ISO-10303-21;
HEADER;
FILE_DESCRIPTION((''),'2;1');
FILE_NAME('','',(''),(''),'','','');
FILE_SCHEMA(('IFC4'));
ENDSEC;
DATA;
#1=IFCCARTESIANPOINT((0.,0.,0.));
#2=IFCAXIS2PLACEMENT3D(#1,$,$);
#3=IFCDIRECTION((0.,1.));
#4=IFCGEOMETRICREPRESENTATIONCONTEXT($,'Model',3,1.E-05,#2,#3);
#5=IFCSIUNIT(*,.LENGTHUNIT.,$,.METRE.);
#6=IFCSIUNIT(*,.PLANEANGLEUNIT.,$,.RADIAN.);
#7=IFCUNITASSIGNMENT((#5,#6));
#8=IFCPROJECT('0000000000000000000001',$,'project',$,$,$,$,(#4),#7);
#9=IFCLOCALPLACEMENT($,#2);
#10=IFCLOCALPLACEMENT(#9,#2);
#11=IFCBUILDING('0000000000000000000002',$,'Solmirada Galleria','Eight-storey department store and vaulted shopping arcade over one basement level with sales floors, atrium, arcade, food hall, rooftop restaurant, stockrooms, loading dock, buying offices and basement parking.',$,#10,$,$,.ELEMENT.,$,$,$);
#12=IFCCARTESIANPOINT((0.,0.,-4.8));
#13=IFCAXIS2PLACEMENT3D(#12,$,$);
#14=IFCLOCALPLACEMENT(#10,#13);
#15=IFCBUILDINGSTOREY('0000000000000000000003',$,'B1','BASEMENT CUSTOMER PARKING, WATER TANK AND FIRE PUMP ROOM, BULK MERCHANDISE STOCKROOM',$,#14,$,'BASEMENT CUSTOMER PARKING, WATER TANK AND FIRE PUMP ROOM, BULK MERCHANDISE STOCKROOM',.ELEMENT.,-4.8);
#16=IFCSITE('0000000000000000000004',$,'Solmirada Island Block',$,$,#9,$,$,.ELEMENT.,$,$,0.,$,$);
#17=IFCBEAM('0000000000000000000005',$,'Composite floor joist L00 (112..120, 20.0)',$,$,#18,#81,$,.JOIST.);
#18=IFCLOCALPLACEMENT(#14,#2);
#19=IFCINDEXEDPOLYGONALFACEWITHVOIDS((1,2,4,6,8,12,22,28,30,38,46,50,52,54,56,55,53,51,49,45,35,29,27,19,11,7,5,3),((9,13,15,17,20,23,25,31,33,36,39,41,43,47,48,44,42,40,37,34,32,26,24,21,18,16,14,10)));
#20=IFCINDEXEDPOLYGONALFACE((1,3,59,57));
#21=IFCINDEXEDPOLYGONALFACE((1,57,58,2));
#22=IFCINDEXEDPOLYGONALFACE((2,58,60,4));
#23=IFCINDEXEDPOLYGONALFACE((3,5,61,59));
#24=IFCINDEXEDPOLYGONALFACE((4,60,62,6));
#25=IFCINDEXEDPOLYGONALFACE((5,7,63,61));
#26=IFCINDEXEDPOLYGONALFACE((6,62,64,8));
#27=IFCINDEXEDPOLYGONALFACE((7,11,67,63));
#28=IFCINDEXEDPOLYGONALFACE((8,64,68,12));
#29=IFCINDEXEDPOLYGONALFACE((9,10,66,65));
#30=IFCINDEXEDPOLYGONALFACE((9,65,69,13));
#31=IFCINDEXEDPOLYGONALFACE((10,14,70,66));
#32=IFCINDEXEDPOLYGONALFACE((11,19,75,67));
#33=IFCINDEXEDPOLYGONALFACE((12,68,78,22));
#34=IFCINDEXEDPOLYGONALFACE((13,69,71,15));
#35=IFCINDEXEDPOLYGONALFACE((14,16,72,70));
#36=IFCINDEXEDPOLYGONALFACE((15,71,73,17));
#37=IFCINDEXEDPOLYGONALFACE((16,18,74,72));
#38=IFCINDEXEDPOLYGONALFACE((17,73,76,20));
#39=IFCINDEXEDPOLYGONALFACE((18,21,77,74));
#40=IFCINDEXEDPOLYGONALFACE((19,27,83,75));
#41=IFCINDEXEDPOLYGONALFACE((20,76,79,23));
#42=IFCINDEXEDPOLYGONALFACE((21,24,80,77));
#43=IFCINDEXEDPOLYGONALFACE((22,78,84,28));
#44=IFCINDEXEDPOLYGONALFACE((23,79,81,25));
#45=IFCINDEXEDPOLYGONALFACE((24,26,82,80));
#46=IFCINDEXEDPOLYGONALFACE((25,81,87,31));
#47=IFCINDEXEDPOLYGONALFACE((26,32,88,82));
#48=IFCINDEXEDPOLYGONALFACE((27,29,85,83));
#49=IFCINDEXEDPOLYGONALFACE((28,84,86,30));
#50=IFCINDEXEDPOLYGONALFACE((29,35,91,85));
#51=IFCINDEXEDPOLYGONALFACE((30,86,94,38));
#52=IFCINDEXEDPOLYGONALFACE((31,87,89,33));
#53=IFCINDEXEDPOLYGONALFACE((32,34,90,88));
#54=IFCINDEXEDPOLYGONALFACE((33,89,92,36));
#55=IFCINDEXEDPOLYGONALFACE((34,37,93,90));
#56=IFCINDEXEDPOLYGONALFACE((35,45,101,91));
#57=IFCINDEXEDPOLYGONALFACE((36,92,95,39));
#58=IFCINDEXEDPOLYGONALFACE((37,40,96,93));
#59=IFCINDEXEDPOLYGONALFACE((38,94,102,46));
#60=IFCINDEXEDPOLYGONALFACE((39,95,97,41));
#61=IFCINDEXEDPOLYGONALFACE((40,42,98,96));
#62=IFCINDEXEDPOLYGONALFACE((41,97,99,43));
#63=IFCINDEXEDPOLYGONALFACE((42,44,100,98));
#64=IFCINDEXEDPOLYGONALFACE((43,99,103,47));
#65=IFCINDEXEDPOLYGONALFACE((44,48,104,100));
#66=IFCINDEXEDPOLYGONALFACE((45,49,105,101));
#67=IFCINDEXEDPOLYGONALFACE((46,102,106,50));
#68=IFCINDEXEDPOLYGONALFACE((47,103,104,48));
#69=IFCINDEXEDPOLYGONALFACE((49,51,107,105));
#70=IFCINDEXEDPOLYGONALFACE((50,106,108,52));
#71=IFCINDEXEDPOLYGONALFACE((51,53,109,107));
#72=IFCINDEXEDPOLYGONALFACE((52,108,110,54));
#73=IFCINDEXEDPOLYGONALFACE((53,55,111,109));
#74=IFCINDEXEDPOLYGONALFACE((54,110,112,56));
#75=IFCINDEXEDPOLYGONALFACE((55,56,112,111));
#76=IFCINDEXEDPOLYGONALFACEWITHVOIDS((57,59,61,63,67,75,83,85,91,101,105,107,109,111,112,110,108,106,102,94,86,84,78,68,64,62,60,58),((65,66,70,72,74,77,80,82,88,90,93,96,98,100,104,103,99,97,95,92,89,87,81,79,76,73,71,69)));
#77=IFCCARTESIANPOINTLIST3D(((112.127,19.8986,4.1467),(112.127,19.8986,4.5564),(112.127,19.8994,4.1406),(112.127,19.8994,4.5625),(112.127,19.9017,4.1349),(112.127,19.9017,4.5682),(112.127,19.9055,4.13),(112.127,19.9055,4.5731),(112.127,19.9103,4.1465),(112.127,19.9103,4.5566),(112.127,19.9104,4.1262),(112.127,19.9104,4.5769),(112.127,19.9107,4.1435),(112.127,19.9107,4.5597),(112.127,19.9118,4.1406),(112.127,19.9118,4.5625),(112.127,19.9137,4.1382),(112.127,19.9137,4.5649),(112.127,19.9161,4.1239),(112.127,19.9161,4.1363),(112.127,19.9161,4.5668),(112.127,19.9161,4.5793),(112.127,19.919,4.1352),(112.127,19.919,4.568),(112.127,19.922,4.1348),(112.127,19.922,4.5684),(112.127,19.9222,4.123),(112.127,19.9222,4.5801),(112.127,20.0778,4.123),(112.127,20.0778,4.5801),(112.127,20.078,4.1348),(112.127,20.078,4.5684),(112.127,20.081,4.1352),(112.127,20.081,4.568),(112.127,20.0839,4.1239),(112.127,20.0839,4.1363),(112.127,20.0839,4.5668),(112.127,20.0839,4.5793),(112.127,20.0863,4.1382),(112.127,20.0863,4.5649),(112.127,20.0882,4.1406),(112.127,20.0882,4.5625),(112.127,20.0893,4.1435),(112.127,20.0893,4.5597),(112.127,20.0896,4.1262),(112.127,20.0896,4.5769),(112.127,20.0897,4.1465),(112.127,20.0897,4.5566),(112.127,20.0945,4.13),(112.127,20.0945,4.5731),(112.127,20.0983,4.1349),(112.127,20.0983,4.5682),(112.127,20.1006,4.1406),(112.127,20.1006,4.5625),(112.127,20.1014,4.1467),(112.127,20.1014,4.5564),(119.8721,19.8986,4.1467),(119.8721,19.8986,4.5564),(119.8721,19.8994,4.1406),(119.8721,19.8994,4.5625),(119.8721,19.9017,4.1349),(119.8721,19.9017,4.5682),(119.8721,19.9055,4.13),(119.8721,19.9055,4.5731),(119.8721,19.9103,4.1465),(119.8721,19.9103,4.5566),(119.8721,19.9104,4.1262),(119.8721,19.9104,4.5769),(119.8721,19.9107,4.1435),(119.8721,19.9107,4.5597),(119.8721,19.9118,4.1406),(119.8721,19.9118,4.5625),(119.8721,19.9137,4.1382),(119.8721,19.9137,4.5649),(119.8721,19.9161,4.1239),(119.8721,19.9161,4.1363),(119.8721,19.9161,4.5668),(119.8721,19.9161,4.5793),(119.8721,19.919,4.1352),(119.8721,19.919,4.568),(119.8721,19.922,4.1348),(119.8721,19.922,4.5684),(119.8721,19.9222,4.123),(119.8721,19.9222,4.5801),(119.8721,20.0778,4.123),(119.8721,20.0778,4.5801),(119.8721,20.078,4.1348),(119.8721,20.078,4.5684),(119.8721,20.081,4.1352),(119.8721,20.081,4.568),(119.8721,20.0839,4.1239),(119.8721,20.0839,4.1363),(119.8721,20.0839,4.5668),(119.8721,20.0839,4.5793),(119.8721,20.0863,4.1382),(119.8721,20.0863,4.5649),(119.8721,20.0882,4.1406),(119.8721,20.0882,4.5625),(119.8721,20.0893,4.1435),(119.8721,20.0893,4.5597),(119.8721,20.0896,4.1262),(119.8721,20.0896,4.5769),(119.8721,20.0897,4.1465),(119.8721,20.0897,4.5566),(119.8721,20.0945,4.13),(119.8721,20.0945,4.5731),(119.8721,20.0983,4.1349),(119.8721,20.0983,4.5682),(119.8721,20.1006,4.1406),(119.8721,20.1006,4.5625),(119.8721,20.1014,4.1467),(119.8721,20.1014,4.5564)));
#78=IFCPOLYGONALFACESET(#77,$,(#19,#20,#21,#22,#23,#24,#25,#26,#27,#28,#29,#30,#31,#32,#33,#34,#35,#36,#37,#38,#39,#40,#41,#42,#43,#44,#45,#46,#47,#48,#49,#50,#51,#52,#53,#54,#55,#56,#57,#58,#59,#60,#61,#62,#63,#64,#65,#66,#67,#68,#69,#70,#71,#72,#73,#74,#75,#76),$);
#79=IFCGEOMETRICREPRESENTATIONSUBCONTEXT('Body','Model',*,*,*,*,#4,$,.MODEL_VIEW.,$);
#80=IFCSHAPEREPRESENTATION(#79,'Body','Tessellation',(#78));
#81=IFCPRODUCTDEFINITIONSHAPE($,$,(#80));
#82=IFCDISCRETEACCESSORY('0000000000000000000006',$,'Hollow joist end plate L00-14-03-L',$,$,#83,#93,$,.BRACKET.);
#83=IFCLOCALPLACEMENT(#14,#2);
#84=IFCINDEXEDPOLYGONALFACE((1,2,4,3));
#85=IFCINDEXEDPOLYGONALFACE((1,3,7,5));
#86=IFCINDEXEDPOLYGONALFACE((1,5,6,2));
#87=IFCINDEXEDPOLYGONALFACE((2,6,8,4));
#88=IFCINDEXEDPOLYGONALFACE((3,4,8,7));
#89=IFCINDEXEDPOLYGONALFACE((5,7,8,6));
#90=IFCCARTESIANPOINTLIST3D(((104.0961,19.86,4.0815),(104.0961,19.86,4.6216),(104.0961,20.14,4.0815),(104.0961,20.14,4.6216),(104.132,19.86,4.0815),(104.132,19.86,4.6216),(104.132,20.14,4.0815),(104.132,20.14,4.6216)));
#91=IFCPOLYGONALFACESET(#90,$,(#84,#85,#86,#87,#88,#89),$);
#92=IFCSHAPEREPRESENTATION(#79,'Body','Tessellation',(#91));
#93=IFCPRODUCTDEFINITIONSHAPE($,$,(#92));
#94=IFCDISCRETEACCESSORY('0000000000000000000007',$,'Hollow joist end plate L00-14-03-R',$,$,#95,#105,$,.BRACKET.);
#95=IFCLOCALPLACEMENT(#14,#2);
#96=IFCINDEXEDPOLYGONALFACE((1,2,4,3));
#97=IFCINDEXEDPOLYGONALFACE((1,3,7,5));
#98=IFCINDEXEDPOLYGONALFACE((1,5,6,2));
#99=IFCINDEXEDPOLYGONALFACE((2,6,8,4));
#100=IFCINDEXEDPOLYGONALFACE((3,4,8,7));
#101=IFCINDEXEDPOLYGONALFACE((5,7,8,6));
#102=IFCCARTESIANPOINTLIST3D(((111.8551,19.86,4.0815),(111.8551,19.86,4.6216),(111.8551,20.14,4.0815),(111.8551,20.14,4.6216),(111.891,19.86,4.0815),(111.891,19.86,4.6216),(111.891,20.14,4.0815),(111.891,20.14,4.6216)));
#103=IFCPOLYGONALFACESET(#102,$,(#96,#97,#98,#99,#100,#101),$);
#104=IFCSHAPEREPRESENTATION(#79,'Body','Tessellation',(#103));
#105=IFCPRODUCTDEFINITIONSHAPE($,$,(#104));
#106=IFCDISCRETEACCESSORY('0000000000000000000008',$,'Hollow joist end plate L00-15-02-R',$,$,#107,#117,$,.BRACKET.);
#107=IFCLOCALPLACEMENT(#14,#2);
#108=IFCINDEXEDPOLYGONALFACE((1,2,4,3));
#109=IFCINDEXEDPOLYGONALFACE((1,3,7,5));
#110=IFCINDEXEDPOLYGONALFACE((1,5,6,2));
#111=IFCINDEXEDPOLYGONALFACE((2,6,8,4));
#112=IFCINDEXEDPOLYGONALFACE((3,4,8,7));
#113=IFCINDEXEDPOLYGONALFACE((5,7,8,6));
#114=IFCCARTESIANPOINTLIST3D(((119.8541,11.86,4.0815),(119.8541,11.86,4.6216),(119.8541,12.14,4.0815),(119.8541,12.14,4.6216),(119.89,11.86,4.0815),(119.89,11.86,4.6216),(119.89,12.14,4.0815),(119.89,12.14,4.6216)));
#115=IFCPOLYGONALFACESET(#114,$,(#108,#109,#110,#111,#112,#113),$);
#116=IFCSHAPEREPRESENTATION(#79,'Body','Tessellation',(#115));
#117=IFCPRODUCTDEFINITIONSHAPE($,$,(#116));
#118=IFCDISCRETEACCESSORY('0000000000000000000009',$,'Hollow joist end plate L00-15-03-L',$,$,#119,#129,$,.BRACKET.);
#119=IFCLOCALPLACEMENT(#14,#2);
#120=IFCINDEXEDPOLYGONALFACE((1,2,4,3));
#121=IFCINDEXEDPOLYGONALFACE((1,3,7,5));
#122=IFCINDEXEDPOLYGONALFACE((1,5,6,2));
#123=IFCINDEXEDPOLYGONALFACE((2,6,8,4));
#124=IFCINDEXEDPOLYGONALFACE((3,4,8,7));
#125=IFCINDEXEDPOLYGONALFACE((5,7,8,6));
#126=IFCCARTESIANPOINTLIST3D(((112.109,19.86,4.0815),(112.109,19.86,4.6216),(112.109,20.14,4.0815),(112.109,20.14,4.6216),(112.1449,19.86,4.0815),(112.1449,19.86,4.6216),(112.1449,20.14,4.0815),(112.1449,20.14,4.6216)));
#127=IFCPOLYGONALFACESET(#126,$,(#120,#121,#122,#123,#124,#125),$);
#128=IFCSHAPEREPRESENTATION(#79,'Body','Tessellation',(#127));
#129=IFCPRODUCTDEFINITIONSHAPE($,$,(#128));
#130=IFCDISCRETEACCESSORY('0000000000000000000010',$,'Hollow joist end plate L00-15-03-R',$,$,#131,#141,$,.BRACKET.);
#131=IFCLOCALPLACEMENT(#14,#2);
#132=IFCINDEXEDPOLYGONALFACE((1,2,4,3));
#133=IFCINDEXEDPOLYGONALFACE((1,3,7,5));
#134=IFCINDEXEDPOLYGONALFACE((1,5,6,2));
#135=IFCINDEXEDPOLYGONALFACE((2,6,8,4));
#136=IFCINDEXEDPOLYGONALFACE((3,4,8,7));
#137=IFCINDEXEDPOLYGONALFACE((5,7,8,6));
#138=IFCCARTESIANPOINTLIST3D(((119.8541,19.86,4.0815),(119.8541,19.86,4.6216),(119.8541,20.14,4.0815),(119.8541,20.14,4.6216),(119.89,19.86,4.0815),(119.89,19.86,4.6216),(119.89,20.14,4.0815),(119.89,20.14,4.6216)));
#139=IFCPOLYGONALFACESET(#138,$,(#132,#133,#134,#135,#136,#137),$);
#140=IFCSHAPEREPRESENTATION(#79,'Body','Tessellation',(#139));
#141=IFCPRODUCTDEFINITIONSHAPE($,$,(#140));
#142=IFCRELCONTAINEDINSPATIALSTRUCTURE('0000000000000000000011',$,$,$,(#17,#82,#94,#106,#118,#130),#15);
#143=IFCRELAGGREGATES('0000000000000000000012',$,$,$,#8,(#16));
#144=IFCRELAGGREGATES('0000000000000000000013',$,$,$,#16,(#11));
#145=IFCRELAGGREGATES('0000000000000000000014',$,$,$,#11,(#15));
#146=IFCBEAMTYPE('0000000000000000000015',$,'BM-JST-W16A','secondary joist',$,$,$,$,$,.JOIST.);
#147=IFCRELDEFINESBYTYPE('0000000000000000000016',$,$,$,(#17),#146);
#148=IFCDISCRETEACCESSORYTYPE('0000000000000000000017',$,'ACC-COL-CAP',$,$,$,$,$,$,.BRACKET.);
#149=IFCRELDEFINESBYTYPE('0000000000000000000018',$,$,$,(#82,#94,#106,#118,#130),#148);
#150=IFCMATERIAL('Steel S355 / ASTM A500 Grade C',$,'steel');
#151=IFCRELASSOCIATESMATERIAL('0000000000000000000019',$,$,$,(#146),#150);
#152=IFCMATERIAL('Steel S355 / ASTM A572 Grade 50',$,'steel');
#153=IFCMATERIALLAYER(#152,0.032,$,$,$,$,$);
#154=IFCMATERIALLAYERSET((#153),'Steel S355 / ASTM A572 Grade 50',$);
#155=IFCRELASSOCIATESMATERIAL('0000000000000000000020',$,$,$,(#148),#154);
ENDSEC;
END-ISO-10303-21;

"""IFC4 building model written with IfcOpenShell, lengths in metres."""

from ifc_helpers import new_model, si_unit, direction, frame, origin, origin_2d, place, context, subcontext, project, spatial, rectangle, hollow_rectangle, extrude, material, layer, layer_set, material_profile, profile_set, type_object, element, save


model = new_model("IFC4")

# Units and contexts
model_context = context("Model", 3, precision=1e-05, world=origin(), true_north=direction((0.0, 1.0)))
body_context = subcontext(model_context, "Body", "Model", "MODEL_VIEW")
ifc_project = project(units=[si_unit("LENGTHUNIT", "METRE"), si_unit("PLANEANGLEUNIT", "RADIAN")], contexts=[model_context])

# Site, building, storey
site_placement = place(None, origin())
site = spatial("IfcSite", under=ifc_project, at=site_placement, Name="Solmirada Island Block", CompositionType="ELEMENT", RefElevation=0.0)
building_placement = place(site_placement, origin())
building = spatial("IfcBuilding", under=site, at=building_placement, Name="Solmirada Galleria", Description="Eight-storey department store and vaulted shopping arcade over one basement level with sales floors, atrium, arcade, food hall, rooftop restaurant, stockrooms, loading dock, buying offices and basement parking.", CompositionType="ELEMENT")
storey_placement = place(building_placement, frame((0.0, 0.0, -4.8)))
storey = spatial("IfcBuildingStorey", under=building, at=storey_placement, Name="B1", Description="BASEMENT CUSTOMER PARKING, WATER TANK AND FIRE PUMP ROOM, BULK MERCHANDISE STOCKROOM", LongName="BASEMENT CUSTOMER PARKING, WATER TANK AND FIRE PUMP ROOM, BULK MERCHANDISE STOCKROOM", CompositionType="ELEMENT", Elevation=-4.8)

# Beam
ifc_material_1 = material(Name="Steel S355 / ASTM A500 Grade C", Category="steel")
ifc_material_profile_1 = material_profile(ifc_material_1, hollow_rectangle(XDim=0.2029, YDim=0.457, WallThickness=0.0117, InnerFilletRadius=0.0117, OuterFilletRadius=0.0237, at=origin_2d()), Name="HSS18X8X1/2")
ifc_profile_set_1 = profile_set([ifc_material_profile_1], Name="Steel S355 / ASTM A500 Grade C")
beam_type_1 = type_object("IfcBeamType", Name="BM-JST-W16A", Description="secondary joist", PredefinedType="JOIST", material=ifc_profile_set_1)
beam_1_placement = place(storey_placement, frame((112.127, 20.0, 4.3516), z_axis=(1.0, 0.0, 0.0), x_axis=(0.0, 1.0, 0.0)))
element("IfcBeam", 1, at=beam_1_placement, inside=storey, type_object=beam_type_1, Name="Composite floor joist L00 (112..120, 20.0)", PredefinedType="JOIST", context=body_context, shape_type="SweptSolid", body=[
    extrude(hollow_rectangle(XDim=0.2029, YDim=0.457, WallThickness=0.0117, InnerFilletRadius=0.0117, OuterFilletRadius=0.0237, at=origin_2d()), origin(), (0.0, 0.0, 1.0), 7.7451),
])

# Discrete accessories
ifc_material_2 = material(Name="Steel S355 / ASTM A572 Grade 50", Category="steel")
ifc_layer = layer(ifc_material_2, 0.032)
ifc_layer_set = layer_set([ifc_layer], Name="Steel S355 / ASTM A572 Grade 50")
discrete_accessory_type = type_object("IfcDiscreteAccessoryType", Name="ACC-COL-CAP", PredefinedType="BRACKET", material=ifc_layer_set)
for number, where, z_axis, x_axis, name in (
    (2, (104.114, 20.0, 4.0815), (0.0, 0.0, 1.0), (1.0, 0.0, 0.0), "Hollow joist end plate L00-14-03-L"),
    (3, (111.873, 20.0, 4.0815), (0.0, 0.0, 1.0), (1.0, 0.0, 0.0), "Hollow joist end plate L00-14-03-R"),
    (4, (119.8721, 12.0, 4.0815), (0.0, 0.0, 1.0), (1.0, 0.0, 0.0), "Hollow joist end plate L00-15-02-R"),
    (5, (112.127, 20.0, 4.0815), (0.0, 0.0, 1.0), (1.0, 0.0, 0.0), "Hollow joist end plate L00-15-03-L"),
    (6, (119.8721, 20.0, 4.0815), (0.0, 0.0, 1.0), (1.0, 0.0, 0.0), "Hollow joist end plate L00-15-03-R"),
):
    element("IfcDiscreteAccessory", number, at=place(storey_placement, frame(where, z_axis=z_axis, x_axis=x_axis)), inside=storey, type_object=discrete_accessory_type, Name=name, PredefinedType="BRACKET", context=body_context, shape_type="SweptSolid", body=[
        extrude(rectangle(XDim=0.0359, YDim=0.28, at=origin_2d()), origin(), (0.0, 0.0, 1.0), 0.54),
    ])

save(model, "model.ifc")
